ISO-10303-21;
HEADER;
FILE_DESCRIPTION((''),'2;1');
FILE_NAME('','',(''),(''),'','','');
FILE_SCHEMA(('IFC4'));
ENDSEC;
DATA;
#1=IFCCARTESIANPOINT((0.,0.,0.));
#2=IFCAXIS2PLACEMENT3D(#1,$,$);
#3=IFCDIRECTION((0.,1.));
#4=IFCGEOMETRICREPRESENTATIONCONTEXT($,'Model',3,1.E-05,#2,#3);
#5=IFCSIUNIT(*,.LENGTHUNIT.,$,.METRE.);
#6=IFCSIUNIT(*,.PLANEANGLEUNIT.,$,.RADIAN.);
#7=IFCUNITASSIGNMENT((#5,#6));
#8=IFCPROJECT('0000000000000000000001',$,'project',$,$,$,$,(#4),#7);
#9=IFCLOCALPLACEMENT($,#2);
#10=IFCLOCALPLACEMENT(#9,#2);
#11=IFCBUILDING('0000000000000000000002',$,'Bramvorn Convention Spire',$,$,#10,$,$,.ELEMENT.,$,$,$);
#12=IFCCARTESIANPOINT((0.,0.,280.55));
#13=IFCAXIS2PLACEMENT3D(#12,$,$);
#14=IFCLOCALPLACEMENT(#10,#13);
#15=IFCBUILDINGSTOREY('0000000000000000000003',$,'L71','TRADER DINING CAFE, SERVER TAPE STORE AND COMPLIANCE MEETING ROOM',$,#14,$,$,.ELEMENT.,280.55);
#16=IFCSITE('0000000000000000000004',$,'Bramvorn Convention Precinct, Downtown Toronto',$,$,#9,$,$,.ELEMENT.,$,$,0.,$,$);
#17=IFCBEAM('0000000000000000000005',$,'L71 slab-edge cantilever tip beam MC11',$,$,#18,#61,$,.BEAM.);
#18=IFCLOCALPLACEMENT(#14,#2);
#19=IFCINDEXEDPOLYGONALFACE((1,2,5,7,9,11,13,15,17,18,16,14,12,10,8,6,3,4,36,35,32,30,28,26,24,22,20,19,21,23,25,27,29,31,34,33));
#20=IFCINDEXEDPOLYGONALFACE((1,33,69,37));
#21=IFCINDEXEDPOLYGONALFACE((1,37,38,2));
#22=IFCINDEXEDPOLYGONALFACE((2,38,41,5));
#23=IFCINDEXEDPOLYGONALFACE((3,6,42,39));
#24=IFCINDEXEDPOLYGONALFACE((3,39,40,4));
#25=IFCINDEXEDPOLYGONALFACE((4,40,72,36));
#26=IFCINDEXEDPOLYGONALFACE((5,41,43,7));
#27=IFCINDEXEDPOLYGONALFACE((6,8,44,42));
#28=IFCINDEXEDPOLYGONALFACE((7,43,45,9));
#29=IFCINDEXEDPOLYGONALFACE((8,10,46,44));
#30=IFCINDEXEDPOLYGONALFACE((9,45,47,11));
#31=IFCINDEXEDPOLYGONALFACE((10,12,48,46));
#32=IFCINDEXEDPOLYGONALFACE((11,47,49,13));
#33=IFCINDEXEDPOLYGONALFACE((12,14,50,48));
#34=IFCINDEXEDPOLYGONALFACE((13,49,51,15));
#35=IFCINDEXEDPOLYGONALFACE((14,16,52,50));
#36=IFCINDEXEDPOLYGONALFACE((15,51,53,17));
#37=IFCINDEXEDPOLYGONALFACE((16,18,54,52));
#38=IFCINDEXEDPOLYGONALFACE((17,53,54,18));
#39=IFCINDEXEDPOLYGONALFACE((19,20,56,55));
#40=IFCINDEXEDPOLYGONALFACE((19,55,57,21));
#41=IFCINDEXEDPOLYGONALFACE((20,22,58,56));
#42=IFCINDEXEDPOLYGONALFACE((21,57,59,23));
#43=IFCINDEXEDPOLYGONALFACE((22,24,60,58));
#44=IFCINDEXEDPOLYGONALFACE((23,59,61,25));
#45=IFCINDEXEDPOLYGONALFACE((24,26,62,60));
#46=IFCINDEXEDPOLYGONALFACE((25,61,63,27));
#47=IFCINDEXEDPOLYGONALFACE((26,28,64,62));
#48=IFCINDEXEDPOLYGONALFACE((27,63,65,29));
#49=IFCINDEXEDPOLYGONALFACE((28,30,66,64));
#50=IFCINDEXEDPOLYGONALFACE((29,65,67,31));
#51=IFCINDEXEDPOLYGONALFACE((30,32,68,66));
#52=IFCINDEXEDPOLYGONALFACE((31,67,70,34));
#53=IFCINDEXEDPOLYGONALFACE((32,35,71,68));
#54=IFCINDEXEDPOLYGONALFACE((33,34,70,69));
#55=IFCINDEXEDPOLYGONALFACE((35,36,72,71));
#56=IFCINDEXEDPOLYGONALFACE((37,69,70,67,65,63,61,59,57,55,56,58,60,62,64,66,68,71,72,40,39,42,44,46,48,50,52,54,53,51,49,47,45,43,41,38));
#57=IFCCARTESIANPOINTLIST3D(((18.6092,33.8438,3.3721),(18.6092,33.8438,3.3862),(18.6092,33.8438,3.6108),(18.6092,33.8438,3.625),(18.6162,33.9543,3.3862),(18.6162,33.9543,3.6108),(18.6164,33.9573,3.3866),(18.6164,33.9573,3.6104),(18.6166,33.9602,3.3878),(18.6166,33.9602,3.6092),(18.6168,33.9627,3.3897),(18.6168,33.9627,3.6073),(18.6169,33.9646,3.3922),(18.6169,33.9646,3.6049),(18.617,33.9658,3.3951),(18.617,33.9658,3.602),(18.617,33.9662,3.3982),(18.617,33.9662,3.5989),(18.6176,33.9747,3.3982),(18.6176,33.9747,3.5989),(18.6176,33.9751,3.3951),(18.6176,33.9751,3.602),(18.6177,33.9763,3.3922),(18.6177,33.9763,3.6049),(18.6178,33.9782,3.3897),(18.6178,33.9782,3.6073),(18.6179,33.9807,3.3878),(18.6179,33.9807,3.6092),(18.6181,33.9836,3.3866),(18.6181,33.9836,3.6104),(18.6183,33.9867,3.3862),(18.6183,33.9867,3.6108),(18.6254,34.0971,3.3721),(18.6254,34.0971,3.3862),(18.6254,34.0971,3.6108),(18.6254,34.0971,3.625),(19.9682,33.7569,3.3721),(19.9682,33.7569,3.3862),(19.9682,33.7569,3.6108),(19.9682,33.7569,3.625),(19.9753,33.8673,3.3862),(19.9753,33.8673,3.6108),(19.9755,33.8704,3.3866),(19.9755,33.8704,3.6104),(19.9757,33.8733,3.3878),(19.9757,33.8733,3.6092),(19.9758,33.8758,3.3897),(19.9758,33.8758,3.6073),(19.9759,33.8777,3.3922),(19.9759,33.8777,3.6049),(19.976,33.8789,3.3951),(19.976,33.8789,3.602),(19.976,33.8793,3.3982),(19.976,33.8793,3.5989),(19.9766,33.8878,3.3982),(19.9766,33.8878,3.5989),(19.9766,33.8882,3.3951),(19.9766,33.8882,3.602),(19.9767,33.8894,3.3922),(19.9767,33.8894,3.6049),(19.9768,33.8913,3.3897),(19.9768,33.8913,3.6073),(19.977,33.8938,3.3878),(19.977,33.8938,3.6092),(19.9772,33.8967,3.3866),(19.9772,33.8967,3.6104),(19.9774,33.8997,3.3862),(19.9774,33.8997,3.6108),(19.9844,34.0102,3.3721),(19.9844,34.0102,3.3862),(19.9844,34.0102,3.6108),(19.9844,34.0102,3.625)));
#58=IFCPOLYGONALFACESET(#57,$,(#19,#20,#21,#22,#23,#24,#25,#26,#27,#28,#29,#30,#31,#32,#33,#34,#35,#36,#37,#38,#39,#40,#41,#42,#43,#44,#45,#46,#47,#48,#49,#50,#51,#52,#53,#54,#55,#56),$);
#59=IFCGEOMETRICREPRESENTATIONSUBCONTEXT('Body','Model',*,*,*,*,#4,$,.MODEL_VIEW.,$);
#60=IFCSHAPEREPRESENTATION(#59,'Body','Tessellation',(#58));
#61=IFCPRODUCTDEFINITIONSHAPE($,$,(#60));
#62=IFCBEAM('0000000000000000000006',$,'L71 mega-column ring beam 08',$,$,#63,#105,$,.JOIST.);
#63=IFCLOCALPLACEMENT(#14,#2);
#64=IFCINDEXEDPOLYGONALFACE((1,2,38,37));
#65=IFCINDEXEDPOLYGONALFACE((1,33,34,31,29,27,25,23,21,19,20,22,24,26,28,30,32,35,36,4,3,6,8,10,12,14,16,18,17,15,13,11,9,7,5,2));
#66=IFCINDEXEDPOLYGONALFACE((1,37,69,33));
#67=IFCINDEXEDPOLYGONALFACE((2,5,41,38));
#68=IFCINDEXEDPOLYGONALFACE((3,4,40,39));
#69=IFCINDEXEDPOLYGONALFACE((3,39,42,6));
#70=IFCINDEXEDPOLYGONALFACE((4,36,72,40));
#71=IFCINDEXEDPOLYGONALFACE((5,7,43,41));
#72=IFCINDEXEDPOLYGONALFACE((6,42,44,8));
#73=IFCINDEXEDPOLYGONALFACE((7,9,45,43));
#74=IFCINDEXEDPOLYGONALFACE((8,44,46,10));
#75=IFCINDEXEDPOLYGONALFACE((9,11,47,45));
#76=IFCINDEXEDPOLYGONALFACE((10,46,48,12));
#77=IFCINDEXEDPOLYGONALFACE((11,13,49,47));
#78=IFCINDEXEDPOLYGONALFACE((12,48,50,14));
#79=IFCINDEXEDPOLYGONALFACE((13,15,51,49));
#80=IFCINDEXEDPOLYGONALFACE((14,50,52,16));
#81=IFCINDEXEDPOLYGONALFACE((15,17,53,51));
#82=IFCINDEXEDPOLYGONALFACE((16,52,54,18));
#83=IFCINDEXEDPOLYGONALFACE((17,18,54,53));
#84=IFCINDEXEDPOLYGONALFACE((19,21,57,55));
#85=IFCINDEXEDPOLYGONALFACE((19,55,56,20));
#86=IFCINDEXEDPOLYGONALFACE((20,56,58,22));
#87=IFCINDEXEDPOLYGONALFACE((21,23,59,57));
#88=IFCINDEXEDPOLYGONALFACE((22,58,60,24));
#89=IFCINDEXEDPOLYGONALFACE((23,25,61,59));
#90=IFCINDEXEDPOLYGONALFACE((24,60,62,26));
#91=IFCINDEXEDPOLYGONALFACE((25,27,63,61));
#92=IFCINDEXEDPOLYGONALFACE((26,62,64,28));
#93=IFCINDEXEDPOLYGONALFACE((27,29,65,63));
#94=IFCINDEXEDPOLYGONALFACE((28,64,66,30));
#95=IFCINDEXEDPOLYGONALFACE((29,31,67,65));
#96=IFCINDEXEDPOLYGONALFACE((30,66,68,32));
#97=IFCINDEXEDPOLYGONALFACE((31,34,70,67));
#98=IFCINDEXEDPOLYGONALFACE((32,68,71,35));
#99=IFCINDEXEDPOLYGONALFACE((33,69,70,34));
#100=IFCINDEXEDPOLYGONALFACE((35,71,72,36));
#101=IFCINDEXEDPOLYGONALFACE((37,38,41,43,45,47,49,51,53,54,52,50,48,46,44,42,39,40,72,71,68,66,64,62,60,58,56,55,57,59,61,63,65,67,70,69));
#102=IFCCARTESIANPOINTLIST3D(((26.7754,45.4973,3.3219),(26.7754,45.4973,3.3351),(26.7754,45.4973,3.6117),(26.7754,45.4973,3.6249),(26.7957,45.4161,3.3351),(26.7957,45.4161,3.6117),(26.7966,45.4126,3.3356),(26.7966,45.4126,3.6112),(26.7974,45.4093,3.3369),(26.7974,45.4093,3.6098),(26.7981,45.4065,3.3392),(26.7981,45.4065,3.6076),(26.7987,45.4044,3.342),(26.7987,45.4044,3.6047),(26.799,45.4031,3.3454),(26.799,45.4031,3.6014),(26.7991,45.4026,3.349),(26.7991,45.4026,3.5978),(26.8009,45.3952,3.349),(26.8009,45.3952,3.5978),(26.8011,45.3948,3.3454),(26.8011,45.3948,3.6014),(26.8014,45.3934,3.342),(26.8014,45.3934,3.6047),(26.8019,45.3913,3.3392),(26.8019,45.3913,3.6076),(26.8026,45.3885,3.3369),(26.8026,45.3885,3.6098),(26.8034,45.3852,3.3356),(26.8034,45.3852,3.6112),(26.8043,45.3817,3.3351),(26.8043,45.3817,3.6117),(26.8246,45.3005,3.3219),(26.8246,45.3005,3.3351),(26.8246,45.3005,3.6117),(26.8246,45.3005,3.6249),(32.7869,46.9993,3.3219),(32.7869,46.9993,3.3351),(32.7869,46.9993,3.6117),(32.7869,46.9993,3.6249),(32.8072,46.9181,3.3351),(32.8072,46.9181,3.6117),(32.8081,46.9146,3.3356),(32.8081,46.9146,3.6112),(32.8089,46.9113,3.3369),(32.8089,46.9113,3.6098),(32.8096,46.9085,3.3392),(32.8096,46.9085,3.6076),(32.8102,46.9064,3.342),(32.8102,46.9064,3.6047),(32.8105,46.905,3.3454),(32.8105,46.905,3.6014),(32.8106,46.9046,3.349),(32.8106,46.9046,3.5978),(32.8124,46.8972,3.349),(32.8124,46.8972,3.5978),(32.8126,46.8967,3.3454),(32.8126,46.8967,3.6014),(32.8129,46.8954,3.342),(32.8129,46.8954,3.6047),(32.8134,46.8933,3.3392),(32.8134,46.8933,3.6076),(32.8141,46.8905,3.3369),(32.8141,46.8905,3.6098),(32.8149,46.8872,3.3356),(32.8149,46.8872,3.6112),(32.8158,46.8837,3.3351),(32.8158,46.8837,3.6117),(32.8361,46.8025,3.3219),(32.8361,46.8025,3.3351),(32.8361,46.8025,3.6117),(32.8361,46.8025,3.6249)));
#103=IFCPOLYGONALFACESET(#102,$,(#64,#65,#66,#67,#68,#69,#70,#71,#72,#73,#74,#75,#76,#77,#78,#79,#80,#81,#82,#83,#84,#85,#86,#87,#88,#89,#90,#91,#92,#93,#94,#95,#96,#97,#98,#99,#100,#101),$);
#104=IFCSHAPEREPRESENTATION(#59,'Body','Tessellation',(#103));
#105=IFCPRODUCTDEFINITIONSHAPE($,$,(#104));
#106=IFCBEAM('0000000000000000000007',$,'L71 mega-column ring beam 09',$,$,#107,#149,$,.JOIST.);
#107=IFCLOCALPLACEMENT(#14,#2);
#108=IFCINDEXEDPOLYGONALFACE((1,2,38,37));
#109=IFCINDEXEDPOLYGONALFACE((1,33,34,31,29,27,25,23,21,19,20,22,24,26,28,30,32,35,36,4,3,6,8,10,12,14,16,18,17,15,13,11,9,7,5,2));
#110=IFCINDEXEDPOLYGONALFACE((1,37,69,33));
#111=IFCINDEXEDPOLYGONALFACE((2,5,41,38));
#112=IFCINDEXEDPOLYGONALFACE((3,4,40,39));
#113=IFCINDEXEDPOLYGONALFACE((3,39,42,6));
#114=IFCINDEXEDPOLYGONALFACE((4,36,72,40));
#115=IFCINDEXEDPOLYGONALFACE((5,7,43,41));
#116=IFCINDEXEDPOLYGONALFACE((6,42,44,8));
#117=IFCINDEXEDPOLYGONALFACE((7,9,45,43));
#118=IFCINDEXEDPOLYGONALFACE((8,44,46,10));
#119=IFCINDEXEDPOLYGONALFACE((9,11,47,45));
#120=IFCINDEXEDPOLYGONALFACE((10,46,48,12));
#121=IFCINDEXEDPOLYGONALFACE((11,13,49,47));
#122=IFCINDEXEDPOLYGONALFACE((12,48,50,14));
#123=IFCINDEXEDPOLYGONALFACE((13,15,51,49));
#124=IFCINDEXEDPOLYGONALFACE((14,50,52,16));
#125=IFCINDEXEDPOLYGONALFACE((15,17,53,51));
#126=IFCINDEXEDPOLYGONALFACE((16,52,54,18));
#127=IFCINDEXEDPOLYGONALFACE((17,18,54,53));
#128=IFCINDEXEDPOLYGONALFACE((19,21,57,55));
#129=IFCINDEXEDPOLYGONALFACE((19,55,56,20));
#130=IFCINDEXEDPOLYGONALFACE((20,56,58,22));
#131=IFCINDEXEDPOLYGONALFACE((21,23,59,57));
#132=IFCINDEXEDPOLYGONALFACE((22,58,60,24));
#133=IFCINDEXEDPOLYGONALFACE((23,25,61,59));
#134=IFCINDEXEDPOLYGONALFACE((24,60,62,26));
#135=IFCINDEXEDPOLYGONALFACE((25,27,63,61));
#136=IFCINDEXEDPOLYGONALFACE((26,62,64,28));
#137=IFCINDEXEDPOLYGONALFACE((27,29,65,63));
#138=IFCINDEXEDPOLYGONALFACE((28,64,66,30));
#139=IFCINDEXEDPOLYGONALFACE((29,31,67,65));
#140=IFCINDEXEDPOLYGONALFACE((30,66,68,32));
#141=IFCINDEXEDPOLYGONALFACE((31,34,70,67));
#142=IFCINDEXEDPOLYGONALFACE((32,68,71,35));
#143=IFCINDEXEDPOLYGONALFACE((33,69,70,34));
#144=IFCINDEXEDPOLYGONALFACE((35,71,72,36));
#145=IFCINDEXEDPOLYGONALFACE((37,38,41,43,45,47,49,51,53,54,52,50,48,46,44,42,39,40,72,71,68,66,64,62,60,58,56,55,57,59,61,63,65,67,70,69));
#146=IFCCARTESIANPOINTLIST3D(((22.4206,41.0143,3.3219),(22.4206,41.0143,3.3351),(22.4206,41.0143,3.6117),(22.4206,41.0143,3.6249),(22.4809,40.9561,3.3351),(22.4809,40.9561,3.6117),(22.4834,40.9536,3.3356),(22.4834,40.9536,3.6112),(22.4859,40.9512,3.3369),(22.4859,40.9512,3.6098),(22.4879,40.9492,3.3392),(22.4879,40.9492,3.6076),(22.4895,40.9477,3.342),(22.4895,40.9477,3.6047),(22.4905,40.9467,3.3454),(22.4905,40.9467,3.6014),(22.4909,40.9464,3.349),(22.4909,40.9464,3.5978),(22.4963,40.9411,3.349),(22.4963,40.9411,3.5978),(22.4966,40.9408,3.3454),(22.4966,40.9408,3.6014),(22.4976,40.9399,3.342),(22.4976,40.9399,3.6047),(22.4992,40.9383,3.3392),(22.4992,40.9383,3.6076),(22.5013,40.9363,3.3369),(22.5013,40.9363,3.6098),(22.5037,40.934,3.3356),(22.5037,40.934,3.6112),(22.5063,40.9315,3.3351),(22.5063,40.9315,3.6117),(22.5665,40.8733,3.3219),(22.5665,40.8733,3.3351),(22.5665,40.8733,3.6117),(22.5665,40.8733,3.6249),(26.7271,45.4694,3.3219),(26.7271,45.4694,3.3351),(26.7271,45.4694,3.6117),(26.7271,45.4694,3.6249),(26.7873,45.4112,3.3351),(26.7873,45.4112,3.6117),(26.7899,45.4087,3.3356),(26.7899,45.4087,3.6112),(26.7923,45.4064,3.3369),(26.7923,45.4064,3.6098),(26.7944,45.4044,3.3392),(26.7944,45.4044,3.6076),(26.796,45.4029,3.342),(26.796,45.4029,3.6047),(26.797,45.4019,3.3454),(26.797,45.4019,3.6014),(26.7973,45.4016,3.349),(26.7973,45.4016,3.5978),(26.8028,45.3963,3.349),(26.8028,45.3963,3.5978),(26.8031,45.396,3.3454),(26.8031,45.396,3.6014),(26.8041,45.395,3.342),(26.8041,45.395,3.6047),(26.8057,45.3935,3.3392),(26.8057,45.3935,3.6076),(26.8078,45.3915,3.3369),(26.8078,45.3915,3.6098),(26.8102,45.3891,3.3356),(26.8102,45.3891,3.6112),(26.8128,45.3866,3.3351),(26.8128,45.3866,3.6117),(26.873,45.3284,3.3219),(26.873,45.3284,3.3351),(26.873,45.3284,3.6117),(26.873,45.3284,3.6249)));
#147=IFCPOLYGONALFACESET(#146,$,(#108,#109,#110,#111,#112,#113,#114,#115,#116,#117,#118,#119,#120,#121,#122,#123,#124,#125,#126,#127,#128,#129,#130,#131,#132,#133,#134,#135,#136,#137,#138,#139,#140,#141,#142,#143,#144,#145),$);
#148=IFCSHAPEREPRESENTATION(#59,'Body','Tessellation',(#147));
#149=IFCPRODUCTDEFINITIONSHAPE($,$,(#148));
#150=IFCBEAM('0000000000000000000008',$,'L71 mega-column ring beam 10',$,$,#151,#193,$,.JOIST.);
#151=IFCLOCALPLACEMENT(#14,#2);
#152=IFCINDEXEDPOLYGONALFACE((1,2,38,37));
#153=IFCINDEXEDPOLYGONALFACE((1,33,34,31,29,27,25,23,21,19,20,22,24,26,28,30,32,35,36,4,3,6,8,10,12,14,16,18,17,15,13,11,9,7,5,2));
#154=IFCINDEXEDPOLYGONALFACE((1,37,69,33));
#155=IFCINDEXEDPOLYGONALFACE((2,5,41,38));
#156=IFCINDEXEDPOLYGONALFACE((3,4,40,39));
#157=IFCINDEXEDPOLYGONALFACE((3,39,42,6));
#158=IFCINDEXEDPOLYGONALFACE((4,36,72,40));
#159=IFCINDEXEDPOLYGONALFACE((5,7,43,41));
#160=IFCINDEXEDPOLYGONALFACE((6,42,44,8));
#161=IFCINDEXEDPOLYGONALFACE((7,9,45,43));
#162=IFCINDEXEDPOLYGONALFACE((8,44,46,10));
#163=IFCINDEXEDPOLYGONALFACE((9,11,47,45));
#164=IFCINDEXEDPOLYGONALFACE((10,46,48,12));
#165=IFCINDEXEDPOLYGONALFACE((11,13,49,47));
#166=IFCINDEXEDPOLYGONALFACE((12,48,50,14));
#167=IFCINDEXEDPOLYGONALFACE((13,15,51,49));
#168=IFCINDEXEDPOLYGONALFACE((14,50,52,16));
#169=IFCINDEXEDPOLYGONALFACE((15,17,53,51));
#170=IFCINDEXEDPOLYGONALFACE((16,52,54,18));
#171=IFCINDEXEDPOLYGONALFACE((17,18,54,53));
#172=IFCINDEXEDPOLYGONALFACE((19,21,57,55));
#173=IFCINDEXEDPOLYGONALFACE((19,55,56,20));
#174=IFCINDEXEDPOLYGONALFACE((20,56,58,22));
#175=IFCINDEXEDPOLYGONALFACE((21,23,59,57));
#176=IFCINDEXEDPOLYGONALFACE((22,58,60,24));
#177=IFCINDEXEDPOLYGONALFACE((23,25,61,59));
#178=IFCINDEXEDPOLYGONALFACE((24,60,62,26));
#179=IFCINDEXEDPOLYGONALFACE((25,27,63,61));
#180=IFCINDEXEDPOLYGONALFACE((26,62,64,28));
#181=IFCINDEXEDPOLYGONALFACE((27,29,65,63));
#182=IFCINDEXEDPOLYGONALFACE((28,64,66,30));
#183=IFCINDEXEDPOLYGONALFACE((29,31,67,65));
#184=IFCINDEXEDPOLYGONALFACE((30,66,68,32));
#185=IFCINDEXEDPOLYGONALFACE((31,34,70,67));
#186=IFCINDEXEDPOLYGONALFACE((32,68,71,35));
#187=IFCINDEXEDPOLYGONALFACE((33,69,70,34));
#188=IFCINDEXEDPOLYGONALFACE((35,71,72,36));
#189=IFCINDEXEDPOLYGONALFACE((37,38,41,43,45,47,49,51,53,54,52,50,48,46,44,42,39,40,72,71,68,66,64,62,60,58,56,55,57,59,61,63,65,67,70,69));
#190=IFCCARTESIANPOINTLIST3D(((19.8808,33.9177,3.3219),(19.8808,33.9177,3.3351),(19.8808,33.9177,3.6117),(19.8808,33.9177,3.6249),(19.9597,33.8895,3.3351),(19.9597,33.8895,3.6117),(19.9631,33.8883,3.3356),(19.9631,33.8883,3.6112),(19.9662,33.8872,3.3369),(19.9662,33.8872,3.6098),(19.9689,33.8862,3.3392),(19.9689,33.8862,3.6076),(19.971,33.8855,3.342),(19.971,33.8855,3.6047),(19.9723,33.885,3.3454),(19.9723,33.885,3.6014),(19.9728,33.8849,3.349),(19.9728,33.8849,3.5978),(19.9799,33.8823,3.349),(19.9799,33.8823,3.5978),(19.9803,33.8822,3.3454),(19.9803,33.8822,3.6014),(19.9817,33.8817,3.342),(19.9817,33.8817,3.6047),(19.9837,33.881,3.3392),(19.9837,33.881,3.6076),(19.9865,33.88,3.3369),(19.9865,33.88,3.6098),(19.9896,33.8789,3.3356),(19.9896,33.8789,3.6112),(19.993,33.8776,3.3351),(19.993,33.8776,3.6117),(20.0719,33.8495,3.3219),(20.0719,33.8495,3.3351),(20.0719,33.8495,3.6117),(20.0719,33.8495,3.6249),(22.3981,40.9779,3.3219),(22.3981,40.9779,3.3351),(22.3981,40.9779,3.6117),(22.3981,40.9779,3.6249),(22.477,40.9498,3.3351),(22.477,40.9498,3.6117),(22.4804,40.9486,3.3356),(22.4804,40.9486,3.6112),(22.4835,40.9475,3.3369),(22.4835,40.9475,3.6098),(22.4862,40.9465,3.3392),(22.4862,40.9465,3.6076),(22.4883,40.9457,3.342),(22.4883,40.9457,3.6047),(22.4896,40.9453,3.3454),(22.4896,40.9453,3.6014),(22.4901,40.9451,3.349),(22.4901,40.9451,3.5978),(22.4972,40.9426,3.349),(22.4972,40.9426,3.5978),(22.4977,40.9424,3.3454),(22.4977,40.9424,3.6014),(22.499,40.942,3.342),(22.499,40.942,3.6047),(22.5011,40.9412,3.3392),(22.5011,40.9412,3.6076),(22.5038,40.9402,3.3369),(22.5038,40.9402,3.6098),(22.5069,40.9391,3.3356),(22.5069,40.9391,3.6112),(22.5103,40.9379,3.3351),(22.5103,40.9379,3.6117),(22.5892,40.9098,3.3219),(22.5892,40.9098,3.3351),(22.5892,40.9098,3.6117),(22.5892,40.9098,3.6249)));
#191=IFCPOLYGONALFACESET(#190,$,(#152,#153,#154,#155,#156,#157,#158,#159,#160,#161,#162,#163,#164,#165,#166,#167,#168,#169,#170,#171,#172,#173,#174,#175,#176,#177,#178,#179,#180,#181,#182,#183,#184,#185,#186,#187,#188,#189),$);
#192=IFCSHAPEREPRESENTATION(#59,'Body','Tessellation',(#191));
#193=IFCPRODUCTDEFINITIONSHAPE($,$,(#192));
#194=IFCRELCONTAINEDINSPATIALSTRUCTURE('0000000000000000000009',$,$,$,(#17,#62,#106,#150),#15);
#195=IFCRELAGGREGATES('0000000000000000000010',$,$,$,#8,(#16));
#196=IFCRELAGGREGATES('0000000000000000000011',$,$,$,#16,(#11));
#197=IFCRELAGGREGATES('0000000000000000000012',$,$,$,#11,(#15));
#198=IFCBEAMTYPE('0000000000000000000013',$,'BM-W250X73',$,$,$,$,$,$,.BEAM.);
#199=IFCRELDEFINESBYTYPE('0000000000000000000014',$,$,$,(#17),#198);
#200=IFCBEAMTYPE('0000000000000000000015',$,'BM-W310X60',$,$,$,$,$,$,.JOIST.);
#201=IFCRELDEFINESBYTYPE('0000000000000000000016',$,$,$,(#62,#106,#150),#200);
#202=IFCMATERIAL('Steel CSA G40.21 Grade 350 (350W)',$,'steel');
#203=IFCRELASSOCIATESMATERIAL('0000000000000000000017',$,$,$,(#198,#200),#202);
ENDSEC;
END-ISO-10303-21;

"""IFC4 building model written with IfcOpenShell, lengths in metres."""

from ifc_helpers import new_model, si_unit, direction, frame, origin, origin_2d, place, context, subcontext, project, spatial, i_section, extrude, material, material_profile, profile_set, type_object, element, save


model = new_model("IFC4")

# Units and contexts
model_context = context("Model", 3, precision=1e-05, world=origin(), true_north=direction((0.0, 1.0)))
body_context = subcontext(model_context, "Body", "Model", "MODEL_VIEW")
ifc_project = project(units=[si_unit("LENGTHUNIT", "METRE"), si_unit("PLANEANGLEUNIT", "RADIAN")], contexts=[model_context])

# Site, building, storey
site_placement = place(None, origin())
site = spatial("IfcSite", under=ifc_project, at=site_placement, Name="Bramvorn Convention Precinct, Downtown Toronto", CompositionType="ELEMENT", RefElevation=0.0)
building_placement = place(site_placement, origin())
building = spatial("IfcBuilding", under=site, at=building_placement, Name="Bramvorn Convention Spire", CompositionType="ELEMENT")
storey_placement = place(building_placement, frame((0.0, 0.0, 280.55)))
storey = spatial("IfcBuildingStorey", under=building, at=storey_placement, Name="L71", Description="TRADER DINING CAFE, SERVER TAPE STORE AND COMPLIANCE MEETING ROOM", CompositionType="ELEMENT", Elevation=280.55)

# Shared definitions
ifc_material_1 = material(Name="Steel CSA G40.21 Grade 350 (350W)", Category="steel")

# Beams
ifc_material_profile_1 = material_profile(ifc_material_1, i_section(OverallWidth=0.2539, OverallDepth=0.2529, WebThickness=0.0085, FlangeThickness=0.0142, FilletRadius=0.012, at=origin_2d()))
ifc_profile_set_1 = profile_set([ifc_material_profile_1], Name="Steel CSA G40.21 Grade 350 (350W) - W250X73")
beam_type_1 = type_object("IfcBeamType", Name="BM-W250X73", PredefinedType="BEAM", material=ifc_profile_set_1)
beam_1_placement = place(storey_placement, frame((19.9763, 33.8835, 3.4985), z_axis=(-0.997962, 0.063818, 0.0), x_axis=(-0.063818, -0.997962, 0.0)))
element("IfcBeam", 1, at=beam_1_placement, inside=storey, type_object=beam_type_1, Name="L71 slab-edge cantilever tip beam MC11", PredefinedType="BEAM", context=body_context, shape_type="SweptSolid", body=[
    extrude(i_section(OverallWidth=0.2539, OverallDepth=0.2529, WebThickness=0.0085, FlangeThickness=0.0142, FilletRadius=0.012, at=origin_2d()), origin(), (0.0, 0.0, 1.0), 1.3618),
])
ifc_material_profile_2 = material_profile(ifc_material_1, i_section(OverallWidth=0.2029, OverallDepth=0.303, WebThickness=0.0076, FlangeThickness=0.0132, FilletRadius=0.0139, at=origin_2d()))
ifc_profile_set_2 = profile_set([ifc_material_profile_2], Name="Steel CSA G40.21 Grade 350 (350W) - W310X60")
beam_type_2 = type_object("IfcBeamType", Name="BM-W310X60", PredefinedType="JOIST", material=ifc_profile_set_2)
for number, where, z_axis, x_axis, name in (
    (2, (32.8115, 46.9009, 3.4734), (-0.970177, -0.242397, 0.0), (0.242397, -0.970177, 0.0), "L71 mega-column ring beam 08"),
    (3, (26.8, 45.3989, 3.4734), (-0.695007, -0.719003, 0.0), (0.719003, -0.695007, 0.0), "L71 mega-column ring beam 09"),
):
    element("IfcBeam", number, at=place(storey_placement, frame(where, z_axis=z_axis, x_axis=x_axis)), inside=storey, type_object=beam_type_2, Name=name, PredefinedType="JOIST", context=body_context, shape_type="SweptSolid", body=[
        extrude(i_section(OverallWidth=0.2029, OverallDepth=0.303, WebThickness=0.0076, FlangeThickness=0.0132, FilletRadius=0.0139, at=origin_2d()), origin(), (0.0, 0.0, 1.0), 6.1963),
    ])
beam_2_placement = place(storey_placement, frame((22.4937, 40.9438, 3.4734), z_axis=(-0.335839, -0.941919, 0.0), x_axis=(0.941919, -0.335839, 0.0)))
element("IfcBeam", 4, at=beam_2_placement, inside=storey, type_object=beam_type_2, Name="L71 mega-column ring beam 10", PredefinedType="JOIST", context=body_context, shape_type="SweptSolid", body=[
    extrude(i_section(OverallWidth=0.2029, OverallDepth=0.303, WebThickness=0.0076, FlangeThickness=0.0132, FilletRadius=0.0139, at=origin_2d()), origin(), (0.0, 0.0, 1.0), 7.4956),
])

save(model, "model.ifc")
